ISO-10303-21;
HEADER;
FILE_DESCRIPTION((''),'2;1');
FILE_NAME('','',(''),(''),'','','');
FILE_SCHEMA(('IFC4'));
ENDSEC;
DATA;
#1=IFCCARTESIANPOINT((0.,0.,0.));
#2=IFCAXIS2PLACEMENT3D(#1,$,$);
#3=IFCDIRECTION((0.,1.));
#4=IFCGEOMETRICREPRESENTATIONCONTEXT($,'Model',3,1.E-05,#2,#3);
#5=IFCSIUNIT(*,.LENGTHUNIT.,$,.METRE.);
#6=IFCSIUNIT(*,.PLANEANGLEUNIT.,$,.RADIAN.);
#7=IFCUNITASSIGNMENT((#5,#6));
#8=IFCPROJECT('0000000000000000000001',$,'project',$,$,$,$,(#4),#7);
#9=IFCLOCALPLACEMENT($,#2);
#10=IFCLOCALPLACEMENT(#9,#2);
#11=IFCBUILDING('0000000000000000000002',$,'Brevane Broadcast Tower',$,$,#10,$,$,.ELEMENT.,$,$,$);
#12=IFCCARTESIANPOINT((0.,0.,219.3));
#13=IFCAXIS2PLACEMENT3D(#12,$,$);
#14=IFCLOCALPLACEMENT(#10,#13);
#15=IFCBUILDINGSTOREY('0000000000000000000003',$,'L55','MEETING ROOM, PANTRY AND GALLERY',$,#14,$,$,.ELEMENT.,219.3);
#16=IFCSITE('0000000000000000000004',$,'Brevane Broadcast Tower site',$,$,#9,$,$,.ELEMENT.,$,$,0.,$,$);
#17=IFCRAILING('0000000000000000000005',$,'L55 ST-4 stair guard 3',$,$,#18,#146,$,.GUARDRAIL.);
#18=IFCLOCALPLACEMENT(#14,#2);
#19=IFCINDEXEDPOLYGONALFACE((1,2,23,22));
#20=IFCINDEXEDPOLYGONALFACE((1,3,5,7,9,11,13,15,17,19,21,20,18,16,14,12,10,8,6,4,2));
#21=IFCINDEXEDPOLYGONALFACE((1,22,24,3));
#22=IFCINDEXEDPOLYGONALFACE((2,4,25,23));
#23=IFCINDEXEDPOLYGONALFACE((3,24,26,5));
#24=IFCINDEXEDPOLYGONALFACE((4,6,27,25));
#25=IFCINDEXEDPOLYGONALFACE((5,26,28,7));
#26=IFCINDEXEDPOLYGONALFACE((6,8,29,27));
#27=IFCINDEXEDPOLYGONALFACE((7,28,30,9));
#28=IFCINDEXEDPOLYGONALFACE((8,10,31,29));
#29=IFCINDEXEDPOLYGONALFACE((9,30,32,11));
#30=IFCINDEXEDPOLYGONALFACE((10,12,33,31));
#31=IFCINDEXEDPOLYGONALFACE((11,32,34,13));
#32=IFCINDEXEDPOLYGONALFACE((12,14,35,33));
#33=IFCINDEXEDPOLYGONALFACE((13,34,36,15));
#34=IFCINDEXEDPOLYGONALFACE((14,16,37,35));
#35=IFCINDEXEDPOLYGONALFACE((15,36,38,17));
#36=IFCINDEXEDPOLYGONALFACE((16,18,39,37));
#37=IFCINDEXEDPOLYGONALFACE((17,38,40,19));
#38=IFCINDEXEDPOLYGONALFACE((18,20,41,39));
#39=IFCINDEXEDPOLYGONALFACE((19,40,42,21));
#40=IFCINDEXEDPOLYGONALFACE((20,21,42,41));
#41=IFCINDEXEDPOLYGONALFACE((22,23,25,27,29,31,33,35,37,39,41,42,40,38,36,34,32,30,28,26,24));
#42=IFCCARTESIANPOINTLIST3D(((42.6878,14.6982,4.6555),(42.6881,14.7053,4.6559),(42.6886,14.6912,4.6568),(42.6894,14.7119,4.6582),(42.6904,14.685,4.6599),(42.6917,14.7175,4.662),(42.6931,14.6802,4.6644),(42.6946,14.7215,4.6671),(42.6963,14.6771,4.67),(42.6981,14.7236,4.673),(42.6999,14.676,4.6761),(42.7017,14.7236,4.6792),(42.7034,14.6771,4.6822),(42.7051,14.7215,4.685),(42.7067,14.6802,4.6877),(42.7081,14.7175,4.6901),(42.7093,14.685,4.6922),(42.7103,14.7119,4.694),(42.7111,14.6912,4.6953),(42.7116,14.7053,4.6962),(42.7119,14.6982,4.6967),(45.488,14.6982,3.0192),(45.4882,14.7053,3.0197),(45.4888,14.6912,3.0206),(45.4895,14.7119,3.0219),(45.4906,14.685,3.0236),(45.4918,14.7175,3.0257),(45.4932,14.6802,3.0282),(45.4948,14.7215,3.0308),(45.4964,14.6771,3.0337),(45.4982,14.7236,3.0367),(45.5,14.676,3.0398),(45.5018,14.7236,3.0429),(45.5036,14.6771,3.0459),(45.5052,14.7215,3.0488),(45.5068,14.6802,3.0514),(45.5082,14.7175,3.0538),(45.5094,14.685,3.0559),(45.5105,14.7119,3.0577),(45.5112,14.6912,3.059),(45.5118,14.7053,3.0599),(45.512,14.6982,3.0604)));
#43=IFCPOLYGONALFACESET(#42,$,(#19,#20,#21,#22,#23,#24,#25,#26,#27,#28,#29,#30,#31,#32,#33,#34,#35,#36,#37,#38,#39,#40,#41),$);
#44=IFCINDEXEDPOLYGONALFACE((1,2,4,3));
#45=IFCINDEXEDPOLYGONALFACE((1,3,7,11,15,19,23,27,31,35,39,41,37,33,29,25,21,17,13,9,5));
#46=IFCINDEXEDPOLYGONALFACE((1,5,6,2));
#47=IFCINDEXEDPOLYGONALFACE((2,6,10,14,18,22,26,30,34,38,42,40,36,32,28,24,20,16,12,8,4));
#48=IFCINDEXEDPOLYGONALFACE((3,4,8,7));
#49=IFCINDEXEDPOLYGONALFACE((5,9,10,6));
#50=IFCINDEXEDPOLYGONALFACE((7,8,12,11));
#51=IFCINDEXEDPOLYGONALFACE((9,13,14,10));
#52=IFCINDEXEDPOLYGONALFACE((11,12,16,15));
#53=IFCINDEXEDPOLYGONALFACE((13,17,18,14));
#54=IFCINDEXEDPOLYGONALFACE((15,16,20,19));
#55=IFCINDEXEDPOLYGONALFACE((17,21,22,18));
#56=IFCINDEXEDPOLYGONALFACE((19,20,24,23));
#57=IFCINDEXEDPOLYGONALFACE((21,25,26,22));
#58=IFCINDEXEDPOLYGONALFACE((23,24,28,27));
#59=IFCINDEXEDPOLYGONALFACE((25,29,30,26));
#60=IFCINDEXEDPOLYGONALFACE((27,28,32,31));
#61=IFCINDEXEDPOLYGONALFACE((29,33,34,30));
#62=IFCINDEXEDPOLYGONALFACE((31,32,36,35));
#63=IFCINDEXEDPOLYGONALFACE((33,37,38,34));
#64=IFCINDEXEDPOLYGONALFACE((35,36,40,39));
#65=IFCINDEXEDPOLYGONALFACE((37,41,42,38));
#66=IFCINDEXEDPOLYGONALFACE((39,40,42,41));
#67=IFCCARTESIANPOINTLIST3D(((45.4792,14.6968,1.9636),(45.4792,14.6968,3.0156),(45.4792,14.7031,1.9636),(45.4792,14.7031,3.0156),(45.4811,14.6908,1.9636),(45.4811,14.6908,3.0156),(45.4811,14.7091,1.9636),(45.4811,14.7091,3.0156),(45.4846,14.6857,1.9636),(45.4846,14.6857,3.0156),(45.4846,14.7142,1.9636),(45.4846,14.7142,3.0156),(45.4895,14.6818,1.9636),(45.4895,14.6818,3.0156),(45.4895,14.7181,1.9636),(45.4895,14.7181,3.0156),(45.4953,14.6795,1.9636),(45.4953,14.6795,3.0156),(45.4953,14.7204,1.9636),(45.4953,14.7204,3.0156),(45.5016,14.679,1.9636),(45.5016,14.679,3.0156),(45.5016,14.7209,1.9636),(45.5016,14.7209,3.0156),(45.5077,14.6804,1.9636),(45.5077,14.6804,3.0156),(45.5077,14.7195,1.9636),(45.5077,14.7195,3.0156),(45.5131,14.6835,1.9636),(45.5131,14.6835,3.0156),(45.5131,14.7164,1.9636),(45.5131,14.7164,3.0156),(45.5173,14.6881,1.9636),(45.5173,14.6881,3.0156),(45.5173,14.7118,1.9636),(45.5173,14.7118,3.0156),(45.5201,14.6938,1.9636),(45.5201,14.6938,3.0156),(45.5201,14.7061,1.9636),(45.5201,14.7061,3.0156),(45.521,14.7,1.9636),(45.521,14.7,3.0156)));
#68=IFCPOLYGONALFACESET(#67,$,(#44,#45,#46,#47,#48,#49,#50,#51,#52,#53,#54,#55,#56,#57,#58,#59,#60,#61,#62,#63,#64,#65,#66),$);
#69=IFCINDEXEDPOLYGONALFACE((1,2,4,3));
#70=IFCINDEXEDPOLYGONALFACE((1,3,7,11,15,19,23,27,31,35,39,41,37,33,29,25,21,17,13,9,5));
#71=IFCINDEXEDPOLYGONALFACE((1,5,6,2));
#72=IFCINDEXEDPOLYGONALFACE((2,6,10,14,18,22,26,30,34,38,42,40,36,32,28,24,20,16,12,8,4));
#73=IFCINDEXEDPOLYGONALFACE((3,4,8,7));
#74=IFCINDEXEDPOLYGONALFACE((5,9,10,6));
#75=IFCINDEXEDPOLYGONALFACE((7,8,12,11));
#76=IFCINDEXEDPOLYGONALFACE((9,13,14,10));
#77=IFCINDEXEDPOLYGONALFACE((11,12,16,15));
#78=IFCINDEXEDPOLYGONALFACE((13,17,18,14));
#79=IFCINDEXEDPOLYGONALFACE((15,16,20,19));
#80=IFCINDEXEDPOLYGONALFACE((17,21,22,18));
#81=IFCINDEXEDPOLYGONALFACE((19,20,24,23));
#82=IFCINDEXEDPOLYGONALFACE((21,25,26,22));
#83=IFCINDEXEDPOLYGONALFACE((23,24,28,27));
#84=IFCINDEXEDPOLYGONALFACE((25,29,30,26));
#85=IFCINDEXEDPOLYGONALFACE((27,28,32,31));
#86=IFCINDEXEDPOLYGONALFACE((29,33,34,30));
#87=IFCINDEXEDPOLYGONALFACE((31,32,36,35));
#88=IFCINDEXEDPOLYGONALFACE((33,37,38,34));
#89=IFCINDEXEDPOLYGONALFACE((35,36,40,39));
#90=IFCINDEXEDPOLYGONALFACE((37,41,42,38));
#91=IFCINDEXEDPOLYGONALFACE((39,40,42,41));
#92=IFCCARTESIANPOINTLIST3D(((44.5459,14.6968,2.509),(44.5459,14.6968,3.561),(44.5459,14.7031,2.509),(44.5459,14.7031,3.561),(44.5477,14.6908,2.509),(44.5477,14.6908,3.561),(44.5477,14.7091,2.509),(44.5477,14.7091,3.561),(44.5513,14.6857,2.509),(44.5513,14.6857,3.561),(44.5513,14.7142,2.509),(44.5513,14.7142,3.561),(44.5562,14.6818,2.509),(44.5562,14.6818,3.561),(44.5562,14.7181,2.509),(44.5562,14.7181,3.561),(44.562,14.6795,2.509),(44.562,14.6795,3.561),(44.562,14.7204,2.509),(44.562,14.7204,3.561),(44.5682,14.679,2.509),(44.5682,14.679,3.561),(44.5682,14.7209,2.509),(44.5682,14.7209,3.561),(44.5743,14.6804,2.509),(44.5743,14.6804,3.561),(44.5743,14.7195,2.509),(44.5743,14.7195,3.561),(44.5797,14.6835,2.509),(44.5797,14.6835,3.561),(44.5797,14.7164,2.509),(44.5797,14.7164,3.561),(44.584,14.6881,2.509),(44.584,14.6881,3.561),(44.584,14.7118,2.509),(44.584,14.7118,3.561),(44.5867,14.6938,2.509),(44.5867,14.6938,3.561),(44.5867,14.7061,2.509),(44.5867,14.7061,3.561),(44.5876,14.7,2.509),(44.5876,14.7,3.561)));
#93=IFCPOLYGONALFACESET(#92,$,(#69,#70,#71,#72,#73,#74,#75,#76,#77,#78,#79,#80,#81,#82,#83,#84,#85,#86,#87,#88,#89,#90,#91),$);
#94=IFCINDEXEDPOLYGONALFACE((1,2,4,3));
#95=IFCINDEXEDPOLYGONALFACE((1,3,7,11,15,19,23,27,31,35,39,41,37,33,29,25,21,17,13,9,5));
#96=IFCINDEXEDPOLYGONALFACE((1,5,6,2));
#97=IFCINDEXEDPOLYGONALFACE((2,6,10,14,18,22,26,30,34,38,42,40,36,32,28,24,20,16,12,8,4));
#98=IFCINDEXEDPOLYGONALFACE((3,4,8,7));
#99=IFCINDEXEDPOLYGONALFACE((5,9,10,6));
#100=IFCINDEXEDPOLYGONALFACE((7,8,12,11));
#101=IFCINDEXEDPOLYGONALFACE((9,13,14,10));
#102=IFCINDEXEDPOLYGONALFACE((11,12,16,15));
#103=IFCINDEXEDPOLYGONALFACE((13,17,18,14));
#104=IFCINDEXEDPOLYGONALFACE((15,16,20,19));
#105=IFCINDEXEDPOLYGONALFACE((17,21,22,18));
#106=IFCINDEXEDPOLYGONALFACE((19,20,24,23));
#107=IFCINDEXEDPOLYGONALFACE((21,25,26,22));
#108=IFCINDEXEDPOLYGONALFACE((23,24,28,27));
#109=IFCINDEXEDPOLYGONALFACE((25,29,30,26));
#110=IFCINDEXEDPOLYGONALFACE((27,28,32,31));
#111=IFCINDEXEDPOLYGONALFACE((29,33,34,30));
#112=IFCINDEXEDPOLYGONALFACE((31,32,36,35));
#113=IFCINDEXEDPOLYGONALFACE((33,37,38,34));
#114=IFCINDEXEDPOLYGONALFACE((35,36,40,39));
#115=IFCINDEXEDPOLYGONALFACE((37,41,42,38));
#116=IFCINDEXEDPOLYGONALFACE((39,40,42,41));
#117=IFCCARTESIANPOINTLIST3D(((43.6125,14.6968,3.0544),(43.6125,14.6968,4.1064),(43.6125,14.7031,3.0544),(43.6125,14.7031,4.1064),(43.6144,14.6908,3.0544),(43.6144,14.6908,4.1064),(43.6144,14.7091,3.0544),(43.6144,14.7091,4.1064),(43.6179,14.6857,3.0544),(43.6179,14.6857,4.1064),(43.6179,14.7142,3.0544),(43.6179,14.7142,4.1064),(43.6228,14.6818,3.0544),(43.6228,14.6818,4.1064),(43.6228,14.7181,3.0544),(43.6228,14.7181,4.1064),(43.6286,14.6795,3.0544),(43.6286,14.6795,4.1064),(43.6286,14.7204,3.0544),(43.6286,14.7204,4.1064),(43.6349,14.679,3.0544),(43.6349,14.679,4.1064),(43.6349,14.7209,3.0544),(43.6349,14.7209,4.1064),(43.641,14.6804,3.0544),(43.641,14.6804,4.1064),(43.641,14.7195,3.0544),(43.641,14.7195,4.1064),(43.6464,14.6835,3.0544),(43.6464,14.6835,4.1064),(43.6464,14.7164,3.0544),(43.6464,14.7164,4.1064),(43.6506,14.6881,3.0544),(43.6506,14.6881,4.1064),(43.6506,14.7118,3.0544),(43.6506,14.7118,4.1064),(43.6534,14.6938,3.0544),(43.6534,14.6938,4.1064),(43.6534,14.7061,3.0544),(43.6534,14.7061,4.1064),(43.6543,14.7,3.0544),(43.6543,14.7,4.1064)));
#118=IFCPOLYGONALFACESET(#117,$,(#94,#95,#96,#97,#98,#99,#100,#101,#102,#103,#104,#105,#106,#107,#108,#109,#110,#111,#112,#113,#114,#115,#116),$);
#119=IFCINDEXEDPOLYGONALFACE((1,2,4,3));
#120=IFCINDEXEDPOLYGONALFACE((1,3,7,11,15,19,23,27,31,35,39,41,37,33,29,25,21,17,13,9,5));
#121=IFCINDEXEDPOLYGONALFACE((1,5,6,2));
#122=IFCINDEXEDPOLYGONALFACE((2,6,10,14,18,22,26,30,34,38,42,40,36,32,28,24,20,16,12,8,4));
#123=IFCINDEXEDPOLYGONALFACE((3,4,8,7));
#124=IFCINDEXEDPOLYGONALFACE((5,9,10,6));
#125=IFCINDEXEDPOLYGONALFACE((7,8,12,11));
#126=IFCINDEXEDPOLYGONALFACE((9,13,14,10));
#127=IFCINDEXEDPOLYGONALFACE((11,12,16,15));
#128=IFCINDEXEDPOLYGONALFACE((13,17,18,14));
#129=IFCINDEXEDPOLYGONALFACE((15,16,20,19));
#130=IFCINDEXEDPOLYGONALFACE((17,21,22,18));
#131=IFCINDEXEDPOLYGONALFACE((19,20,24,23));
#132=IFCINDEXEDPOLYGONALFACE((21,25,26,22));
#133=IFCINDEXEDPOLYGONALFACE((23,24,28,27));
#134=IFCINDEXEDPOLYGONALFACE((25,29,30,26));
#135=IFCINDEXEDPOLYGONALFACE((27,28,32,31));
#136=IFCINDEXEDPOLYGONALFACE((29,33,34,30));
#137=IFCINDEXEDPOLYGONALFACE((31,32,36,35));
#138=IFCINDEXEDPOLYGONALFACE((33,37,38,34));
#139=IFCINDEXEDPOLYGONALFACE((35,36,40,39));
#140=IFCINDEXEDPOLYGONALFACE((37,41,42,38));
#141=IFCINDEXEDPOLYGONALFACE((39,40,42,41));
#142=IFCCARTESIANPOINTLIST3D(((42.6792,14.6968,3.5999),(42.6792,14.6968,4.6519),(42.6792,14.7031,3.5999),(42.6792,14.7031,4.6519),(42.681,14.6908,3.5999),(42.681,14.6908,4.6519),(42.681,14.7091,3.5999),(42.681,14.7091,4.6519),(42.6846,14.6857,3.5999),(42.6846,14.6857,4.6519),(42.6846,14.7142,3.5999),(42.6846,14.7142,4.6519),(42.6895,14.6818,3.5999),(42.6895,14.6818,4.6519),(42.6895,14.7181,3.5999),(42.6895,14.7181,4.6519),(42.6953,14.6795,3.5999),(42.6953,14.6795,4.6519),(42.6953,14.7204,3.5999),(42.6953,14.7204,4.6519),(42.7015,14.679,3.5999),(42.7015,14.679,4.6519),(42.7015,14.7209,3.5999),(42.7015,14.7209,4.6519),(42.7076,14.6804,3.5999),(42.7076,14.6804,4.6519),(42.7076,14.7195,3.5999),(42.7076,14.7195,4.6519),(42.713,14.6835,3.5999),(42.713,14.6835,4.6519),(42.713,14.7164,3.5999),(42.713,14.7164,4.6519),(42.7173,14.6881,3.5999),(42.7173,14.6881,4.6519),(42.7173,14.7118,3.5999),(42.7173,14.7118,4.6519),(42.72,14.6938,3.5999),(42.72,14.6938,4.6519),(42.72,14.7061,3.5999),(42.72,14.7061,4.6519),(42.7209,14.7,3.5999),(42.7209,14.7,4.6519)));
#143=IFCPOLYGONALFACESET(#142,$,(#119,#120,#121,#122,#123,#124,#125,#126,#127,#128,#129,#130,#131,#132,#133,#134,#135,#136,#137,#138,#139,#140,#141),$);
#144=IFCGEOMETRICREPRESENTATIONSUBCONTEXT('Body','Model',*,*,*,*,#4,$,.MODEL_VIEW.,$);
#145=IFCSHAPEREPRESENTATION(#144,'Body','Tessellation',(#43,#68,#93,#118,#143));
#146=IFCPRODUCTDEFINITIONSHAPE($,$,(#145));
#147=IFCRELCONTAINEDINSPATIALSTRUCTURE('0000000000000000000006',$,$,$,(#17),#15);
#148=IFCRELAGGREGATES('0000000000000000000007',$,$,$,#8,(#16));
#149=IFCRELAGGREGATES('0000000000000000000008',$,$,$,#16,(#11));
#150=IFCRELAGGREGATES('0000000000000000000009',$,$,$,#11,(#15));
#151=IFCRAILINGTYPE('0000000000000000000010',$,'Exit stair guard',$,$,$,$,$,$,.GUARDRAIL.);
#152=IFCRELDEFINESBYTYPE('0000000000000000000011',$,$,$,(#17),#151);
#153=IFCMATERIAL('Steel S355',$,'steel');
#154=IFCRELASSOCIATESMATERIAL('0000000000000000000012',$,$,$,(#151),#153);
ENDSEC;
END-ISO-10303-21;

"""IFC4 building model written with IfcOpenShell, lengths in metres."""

from ifc_helpers import new_model, si_unit, direction, frame, origin, origin_2d, place, context, subcontext, project, spatial, circle, extrude, material, type_object, element, save


model = new_model("IFC4")

# Units and contexts
model_context = context("Model", 3, precision=1e-05, world=origin(), true_north=direction((0.0, 1.0)))
body_context = subcontext(model_context, "Body", "Model", "MODEL_VIEW")
ifc_project = project(units=[si_unit("LENGTHUNIT", "METRE"), si_unit("PLANEANGLEUNIT", "RADIAN")], contexts=[model_context])

# Site, building, storey
site_placement = place(None, origin())
site = spatial("IfcSite", under=ifc_project, at=site_placement, Name="Brevane Broadcast Tower site", CompositionType="ELEMENT", RefElevation=0.0)
building_placement = place(site_placement, origin())
building = spatial("IfcBuilding", under=site, at=building_placement, Name="Brevane Broadcast Tower", CompositionType="ELEMENT")
storey_placement = place(building_placement, frame((0.0, 0.0, 219.3)))
storey = spatial("IfcBuildingStorey", under=building, at=storey_placement, Name="L55", Description="MEETING ROOM, PANTRY AND GALLERY", CompositionType="ELEMENT", Elevation=219.3)

# Railing
ifc_material_1 = material(Name="Steel S355", Category="steel")
railing_type_1 = type_object("IfcRailingType", Name="Exit stair guard", PredefinedType="GUARDRAIL", material=ifc_material_1)
railing_1_placement = place(storey_placement, frame((45.5, 14.7, 1.9636)))
element("IfcRailing", 1, at=railing_1_placement, inside=storey, type_object=railing_type_1, Name="L55 ST-4 stair guard 3", PredefinedType="GUARDRAIL", context=body_context, shape_type="SweptSolid", body=[
    extrude(circle(Radius=0.0239, at=origin_2d()), frame((0.0, 0.0, 1.0762), z_axis=(-0.863394, 0.0, 0.504531), x_axis=(0.0, -1.0, 0.0)), (0.0, 0.0, 1.0), 3.2432),
    extrude(circle(Radius=0.021, at=origin_2d()), origin(), (0.0, 0.0, 1.0), 1.052),
    extrude(circle(Radius=0.021, at=origin_2d()), frame((-0.9333, 0.0, 0.5454)), (0.0, 0.0, 1.0), 1.052),
    extrude(circle(Radius=0.021, at=origin_2d()), frame((-1.8667, 0.0, 1.0908)), (0.0, 0.0, 1.0), 1.052),
    extrude(circle(Radius=0.021, at=origin_2d()), frame((-2.8, 0.0, 1.6362)), (0.0, 0.0, 1.0), 1.052),
])

save(model, "model.ifc")
